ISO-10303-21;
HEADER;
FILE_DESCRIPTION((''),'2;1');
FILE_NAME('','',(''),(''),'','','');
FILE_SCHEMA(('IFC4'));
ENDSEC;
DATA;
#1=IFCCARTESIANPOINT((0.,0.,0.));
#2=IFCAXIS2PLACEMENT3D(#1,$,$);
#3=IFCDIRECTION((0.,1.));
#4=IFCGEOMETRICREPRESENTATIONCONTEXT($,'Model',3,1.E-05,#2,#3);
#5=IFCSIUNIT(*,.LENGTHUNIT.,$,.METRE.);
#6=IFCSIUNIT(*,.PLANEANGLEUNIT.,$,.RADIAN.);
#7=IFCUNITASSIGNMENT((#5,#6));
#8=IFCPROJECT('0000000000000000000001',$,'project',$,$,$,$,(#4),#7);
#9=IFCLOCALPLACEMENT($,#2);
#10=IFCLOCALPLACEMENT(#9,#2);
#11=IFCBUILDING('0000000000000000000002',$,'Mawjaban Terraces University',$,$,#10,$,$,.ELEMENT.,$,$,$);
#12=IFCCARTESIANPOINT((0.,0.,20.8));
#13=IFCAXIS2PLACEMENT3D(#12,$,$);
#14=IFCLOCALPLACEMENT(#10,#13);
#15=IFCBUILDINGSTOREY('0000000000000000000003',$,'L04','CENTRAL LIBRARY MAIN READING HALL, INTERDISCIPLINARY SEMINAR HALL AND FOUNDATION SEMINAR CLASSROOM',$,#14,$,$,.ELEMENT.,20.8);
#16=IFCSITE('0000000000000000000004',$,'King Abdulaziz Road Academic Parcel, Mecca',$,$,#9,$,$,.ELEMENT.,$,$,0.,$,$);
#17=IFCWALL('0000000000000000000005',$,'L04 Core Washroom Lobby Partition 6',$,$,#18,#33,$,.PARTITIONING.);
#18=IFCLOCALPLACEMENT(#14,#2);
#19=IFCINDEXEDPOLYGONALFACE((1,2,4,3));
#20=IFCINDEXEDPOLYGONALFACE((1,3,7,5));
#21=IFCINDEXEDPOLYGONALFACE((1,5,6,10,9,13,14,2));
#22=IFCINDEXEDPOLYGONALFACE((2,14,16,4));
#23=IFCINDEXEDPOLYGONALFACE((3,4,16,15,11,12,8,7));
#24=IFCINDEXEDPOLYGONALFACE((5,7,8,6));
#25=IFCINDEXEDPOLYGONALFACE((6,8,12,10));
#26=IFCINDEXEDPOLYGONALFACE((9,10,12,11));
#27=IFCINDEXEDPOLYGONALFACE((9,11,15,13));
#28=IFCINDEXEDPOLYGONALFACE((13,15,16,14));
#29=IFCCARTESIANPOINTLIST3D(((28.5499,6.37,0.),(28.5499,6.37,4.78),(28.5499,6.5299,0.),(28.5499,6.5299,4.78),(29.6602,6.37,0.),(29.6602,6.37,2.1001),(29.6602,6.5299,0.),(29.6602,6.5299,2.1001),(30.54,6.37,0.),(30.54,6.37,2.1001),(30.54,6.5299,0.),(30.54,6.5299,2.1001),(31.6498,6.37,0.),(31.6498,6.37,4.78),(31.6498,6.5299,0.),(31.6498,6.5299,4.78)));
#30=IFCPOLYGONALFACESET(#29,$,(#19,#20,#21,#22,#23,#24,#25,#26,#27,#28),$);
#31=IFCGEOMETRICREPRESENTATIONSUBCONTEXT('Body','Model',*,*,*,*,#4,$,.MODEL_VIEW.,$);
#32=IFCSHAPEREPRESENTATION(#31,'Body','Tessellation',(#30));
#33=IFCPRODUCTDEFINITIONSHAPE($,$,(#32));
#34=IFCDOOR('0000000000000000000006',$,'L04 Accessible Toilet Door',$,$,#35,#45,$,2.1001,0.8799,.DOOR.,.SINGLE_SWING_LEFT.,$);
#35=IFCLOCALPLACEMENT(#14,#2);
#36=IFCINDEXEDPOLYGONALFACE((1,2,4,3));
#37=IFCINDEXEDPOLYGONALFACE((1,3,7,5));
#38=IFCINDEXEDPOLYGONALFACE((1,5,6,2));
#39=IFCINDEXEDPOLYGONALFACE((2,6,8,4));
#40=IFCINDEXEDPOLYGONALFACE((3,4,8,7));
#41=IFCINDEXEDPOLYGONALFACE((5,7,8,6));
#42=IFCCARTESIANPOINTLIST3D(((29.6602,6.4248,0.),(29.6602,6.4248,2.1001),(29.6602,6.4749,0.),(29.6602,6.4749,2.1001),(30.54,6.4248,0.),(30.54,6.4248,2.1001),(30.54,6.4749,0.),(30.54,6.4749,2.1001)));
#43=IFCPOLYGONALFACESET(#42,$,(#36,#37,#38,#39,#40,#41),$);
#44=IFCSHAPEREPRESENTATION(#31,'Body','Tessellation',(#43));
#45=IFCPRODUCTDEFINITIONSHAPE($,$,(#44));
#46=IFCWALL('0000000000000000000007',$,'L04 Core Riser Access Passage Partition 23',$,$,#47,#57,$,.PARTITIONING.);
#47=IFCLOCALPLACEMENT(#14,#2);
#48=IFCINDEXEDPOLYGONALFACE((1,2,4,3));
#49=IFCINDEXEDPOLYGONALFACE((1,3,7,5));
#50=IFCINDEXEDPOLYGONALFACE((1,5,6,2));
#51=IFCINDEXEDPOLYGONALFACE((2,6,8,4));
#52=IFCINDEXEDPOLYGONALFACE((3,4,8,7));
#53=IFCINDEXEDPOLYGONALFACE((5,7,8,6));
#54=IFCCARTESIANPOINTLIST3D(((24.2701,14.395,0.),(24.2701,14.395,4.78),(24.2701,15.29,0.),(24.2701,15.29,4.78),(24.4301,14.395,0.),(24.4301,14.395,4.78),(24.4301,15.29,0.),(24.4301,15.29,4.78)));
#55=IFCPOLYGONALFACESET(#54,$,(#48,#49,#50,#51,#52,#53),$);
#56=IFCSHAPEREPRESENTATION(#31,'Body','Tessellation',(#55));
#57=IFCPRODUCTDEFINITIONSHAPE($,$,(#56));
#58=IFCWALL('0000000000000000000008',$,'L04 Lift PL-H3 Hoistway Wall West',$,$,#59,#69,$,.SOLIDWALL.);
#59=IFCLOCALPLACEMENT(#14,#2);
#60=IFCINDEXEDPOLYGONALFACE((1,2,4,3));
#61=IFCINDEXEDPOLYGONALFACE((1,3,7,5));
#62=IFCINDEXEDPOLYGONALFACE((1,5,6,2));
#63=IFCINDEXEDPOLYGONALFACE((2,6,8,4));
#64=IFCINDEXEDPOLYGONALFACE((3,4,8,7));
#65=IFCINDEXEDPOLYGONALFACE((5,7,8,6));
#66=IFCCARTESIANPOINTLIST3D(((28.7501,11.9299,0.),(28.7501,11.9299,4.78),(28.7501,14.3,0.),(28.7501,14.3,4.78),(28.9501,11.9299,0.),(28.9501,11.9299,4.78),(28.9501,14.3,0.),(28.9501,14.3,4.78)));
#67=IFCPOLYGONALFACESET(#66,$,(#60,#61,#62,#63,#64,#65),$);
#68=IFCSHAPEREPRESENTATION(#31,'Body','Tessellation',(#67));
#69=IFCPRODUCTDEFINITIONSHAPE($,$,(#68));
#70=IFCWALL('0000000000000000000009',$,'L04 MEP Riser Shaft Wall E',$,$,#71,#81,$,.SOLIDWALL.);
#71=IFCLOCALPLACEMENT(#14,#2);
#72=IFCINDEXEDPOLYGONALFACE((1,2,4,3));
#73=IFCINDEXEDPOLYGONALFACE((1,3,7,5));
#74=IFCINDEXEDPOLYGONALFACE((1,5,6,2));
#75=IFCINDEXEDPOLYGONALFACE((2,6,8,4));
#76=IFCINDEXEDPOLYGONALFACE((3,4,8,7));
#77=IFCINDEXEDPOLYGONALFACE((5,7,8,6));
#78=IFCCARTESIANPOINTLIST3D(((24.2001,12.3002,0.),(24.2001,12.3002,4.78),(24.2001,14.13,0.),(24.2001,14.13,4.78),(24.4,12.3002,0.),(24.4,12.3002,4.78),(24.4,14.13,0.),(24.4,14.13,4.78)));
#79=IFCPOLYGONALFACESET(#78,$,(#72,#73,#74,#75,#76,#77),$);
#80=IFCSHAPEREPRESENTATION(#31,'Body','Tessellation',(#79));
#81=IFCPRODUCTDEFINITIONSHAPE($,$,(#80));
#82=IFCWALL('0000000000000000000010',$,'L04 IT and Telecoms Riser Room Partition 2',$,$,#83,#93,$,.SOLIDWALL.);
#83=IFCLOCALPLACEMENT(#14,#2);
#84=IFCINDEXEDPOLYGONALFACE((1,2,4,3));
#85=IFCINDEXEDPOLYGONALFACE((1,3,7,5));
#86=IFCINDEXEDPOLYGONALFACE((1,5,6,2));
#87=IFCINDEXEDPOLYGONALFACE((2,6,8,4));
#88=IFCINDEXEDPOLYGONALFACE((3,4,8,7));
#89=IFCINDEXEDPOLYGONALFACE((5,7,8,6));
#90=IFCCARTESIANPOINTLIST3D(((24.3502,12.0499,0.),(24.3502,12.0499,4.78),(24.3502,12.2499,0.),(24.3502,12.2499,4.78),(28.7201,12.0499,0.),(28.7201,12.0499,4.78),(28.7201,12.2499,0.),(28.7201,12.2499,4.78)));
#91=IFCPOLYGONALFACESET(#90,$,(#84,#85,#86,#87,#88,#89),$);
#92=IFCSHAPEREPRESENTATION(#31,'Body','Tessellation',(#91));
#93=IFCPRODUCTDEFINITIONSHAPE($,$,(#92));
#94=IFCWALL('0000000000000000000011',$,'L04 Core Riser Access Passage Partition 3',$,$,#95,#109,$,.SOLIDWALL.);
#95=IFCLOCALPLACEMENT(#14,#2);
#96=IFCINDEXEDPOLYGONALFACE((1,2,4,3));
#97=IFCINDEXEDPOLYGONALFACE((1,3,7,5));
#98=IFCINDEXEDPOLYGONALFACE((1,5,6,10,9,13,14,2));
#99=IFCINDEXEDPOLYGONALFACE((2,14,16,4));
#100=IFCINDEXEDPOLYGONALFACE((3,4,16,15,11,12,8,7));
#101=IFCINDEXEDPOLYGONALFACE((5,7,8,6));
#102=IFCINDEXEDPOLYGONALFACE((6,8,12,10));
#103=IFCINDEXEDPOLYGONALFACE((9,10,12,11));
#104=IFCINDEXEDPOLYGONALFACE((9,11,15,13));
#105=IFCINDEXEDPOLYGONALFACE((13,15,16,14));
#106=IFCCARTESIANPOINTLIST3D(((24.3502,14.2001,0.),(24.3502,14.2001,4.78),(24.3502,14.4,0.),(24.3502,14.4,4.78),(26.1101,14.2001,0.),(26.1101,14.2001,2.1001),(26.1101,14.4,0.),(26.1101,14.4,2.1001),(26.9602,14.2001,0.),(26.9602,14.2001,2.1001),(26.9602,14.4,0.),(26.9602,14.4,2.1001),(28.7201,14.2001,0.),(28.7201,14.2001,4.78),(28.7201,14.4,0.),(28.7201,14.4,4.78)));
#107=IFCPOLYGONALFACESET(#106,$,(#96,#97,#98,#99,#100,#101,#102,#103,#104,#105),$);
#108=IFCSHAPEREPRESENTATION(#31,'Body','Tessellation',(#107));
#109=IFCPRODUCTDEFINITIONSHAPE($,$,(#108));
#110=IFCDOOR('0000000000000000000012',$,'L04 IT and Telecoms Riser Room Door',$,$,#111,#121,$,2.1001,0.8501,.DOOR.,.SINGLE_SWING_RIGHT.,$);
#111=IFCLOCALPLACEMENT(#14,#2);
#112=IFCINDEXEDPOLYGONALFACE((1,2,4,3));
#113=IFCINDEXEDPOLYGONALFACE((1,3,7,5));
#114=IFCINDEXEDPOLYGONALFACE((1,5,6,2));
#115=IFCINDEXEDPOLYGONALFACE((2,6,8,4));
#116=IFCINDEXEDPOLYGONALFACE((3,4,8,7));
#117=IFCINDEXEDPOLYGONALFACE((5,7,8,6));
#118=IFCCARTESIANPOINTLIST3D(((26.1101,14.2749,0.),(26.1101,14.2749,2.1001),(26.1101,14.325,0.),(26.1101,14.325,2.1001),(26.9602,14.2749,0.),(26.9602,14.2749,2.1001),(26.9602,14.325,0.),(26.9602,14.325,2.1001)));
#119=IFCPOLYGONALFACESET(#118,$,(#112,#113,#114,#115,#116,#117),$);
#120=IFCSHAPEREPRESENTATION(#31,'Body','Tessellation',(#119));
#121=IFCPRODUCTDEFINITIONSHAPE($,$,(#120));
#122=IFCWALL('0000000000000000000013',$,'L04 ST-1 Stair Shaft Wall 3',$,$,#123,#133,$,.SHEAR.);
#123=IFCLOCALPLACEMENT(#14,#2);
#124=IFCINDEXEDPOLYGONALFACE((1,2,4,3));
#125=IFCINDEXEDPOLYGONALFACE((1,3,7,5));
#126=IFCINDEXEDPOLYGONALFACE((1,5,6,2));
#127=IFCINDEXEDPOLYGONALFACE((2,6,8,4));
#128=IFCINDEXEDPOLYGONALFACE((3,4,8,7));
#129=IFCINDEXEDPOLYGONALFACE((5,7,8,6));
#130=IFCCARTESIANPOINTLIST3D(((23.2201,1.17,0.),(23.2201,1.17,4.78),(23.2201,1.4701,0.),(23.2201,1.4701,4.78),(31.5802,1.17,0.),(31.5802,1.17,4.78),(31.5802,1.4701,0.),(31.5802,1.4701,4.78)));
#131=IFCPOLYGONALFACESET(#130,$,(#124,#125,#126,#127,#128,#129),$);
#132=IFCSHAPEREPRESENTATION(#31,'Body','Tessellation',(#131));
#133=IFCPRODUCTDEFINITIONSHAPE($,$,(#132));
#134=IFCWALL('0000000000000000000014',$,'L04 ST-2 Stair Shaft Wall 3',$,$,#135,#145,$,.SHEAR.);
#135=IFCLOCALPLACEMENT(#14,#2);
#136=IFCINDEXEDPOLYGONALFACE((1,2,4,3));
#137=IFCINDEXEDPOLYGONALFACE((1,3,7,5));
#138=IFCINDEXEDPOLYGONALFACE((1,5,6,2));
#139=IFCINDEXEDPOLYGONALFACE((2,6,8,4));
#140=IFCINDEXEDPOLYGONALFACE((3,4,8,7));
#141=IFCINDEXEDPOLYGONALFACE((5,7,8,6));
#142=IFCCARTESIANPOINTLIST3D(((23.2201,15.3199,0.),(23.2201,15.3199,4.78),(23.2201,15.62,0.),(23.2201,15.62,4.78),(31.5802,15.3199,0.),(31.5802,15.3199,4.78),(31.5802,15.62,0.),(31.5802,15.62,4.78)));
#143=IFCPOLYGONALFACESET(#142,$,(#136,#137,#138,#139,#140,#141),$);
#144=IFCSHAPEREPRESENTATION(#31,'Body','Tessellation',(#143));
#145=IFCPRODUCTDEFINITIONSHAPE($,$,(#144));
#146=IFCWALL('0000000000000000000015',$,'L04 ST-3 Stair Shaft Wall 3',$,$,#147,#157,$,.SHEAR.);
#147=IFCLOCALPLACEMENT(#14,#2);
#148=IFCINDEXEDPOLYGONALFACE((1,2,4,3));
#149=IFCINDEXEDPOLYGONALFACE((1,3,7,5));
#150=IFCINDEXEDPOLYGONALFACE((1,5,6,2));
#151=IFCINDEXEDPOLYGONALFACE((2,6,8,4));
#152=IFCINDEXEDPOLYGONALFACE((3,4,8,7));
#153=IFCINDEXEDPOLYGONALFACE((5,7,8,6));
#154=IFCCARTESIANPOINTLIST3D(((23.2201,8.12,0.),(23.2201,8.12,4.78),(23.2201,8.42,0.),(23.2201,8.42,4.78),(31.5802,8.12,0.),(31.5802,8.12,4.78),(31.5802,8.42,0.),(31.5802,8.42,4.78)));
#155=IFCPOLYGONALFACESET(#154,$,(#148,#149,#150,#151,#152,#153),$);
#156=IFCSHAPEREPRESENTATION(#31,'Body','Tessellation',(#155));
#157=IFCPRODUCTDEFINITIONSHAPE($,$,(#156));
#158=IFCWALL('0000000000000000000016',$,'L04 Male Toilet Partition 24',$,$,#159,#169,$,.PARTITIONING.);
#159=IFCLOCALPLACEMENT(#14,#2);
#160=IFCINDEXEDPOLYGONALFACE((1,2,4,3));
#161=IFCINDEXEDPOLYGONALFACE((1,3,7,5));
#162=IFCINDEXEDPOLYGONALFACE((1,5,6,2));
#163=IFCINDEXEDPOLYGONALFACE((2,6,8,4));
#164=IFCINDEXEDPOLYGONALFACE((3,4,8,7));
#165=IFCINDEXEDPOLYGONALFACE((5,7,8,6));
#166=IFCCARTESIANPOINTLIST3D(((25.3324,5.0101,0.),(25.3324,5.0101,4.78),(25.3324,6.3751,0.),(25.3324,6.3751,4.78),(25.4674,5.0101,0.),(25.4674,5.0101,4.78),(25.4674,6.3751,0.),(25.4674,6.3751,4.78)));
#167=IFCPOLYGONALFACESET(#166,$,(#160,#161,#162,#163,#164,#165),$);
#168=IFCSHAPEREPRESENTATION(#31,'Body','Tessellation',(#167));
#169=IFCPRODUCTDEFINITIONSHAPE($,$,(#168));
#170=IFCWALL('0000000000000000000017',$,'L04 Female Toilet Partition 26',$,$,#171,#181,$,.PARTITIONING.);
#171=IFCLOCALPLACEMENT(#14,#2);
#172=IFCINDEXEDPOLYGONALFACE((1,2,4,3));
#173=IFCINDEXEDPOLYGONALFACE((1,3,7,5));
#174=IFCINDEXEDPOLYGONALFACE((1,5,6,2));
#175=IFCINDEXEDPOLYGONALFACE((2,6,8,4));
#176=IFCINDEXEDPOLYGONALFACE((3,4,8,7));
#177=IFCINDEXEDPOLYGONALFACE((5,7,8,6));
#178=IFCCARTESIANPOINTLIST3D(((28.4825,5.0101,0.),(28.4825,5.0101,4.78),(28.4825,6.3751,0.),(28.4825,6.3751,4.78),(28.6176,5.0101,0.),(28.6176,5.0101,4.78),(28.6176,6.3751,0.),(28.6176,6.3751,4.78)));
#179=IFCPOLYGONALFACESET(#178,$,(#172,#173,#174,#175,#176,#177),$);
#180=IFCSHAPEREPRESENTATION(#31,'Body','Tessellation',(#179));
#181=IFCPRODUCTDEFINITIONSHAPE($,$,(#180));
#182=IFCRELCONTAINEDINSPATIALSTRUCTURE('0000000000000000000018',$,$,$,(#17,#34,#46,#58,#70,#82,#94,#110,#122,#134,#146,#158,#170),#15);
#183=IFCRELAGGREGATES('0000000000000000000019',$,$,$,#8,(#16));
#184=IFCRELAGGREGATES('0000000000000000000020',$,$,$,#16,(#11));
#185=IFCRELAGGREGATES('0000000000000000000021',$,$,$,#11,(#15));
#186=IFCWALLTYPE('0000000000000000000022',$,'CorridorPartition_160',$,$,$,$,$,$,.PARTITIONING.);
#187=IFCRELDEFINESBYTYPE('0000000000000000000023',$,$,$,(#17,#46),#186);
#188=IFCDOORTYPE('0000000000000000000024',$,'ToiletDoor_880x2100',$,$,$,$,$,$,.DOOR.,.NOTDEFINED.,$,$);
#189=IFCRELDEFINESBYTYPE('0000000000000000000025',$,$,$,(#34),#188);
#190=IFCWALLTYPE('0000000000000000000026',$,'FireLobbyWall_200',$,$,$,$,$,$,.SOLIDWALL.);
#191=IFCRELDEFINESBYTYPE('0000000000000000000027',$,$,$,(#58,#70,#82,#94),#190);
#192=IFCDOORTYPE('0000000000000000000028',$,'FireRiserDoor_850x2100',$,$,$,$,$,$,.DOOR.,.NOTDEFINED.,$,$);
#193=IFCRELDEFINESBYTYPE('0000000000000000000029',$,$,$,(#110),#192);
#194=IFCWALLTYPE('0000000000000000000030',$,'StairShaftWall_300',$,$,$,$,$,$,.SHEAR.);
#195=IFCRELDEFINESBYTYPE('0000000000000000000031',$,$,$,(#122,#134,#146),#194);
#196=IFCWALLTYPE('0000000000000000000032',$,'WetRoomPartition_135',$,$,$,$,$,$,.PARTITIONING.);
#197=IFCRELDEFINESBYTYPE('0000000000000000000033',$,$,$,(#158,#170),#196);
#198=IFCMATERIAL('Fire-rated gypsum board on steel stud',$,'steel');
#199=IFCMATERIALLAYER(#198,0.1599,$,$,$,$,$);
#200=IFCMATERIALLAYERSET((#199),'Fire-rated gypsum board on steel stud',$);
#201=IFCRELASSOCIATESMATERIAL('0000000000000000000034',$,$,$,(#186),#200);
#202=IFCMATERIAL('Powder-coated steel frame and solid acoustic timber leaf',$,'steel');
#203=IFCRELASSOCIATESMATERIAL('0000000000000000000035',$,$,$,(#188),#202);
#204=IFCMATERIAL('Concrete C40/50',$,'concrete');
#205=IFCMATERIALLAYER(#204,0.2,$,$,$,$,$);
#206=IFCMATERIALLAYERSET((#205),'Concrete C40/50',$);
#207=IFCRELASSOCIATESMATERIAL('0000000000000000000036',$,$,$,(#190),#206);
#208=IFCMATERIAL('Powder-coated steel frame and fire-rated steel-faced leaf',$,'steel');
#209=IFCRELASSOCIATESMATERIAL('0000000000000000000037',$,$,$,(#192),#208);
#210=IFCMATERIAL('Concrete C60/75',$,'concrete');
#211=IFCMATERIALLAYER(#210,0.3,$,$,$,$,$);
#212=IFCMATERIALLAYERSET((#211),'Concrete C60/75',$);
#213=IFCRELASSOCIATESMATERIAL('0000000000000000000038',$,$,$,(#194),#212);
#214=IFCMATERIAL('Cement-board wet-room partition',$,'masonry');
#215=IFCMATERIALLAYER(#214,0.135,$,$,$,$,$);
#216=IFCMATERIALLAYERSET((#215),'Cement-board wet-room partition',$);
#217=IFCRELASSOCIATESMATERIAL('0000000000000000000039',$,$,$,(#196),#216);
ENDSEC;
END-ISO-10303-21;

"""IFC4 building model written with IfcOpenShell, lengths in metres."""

from ifc_helpers import new_model, si_unit, direction, frame, frame_2d, origin, place, context, subcontext, project, spatial, rectangle, extrude, material, layer, layer_set, type_object, element, fill, save


model = new_model("IFC4")

# Units and contexts
model_context = context("Model", 3, precision=1e-05, world=origin(), true_north=direction((0.0, 1.0)))
body_context = subcontext(model_context, "Body", "Model", "MODEL_VIEW")
ifc_project = project(units=[si_unit("LENGTHUNIT", "METRE"), si_unit("PLANEANGLEUNIT", "RADIAN")], contexts=[model_context])

# Site, building, storey
site_placement = place(None, origin())
site = spatial("IfcSite", under=ifc_project, at=site_placement, Name="King Abdulaziz Road Academic Parcel, Mecca", CompositionType="ELEMENT", RefElevation=0.0)
building_placement = place(site_placement, origin())
building = spatial("IfcBuilding", under=site, at=building_placement, Name="Mawjaban Terraces University", CompositionType="ELEMENT")
storey_placement = place(building_placement, frame((0.0, 0.0, 20.8)))
storey = spatial("IfcBuildingStorey", under=building, at=storey_placement, Name="L04", Description="CENTRAL LIBRARY MAIN READING HALL, INTERDISCIPLINARY SEMINAR HALL AND FOUNDATION SEMINAR CLASSROOM", CompositionType="ELEMENT", Elevation=20.8)

# Wall, opening, door
ifc_material_1 = material(Name="Fire-rated gypsum board on steel stud", Category="steel")
ifc_layer_1 = layer(ifc_material_1, 0.1599)
ifc_layer_set_1 = layer_set([ifc_layer_1], Name="Fire-rated gypsum board on steel stud")
wall_type_1 = type_object("IfcWallType", Name="CorridorPartition_160", PredefinedType="PARTITIONING", material=ifc_layer_set_1)
ifc_material_2 = material(Name="Powder-coated steel frame and solid acoustic timber leaf", Category="steel")
door_type_1 = type_object("IfcDoorType", Name="ToiletDoor_880x2100", OperationType="NOTDEFINED", PredefinedType="DOOR", material=ifc_material_2)
wall_1_placement = place(storey_placement, frame((28.55, 6.45, 0.0), z_axis=(0.0, 0.0, 1.0), x_axis=(1.0, 0.0, 0.0)))
wall_1 = element("IfcWall", 1, at=wall_1_placement, inside=storey, type_object=wall_type_1, Name="L04 Core Washroom Lobby Partition 6", PredefinedType="PARTITIONING", context=body_context, shape_type="SweptSolid", body=[
    extrude(rectangle(XDim=3.0999, YDim=0.1599, at=frame_2d((1.5498, 0.0))), origin(), (0.0, 0.0, 1.0), 4.78),
])
opening_1_placement = place(wall_1_placement, frame((1.1101, 0.0, 0.0)))
opening_1 = element("IfcOpeningElement", 2, at=opening_1_placement, cuts=wall_1, PredefinedType="OPENING", context=body_context, shape_type="SweptSolid", body=[
    extrude(rectangle(XDim=0.8799, YDim=2.1001, at=frame_2d((0.4399, 1.05))), frame((0.0, 0.0898, 0.0), z_axis=(0.0, -1.0, 0.0), x_axis=(1.0, 0.0, 0.0)), (0.0, 0.0, 1.0), 0.1799),
])
door_1_placement = place(opening_1_placement, origin())
door_1 = element("IfcDoor", 3, at=door_1_placement, inside=storey, type_object=door_type_1, Name="L04 Accessible Toilet Door", OperationType="SINGLE_SWING_LEFT", OverallHeight=2.1001, OverallWidth=0.8799, PredefinedType="DOOR", context=body_context, shape_type="SweptSolid", body=[
    extrude(rectangle(XDim=0.8799, YDim=2.1001, at=frame_2d((0.4399, 1.05))), frame((0.0, 0.0249, 0.0), z_axis=(0.0, -1.0, 0.0), x_axis=(1.0, 0.0, 0.0)), (0.0, 0.0, 1.0), 0.05),
])
fill(opening_1, door_1)

# Walls
wall_2_placement = place(storey_placement, frame((24.3501, 15.29, 0.0), z_axis=(0.0, 0.0, 1.0), x_axis=(0.0, -1.0, 0.0)))
element("IfcWall", 4, at=wall_2_placement, inside=storey, type_object=wall_type_1, Name="L04 Core Riser Access Passage Partition 23", PredefinedType="PARTITIONING", context=body_context, shape_type="SweptSolid", body=[
    extrude(rectangle(XDim=0.895, YDim=0.1599, at=frame_2d((0.4475, 0.0))), origin(), (0.0, 0.0, 1.0), 4.78),
])
ifc_material_3 = material(Name="Concrete C40/50", Category="concrete")
ifc_layer_2 = layer(ifc_material_3, 0.2)
ifc_layer_set_2 = layer_set([ifc_layer_2], Name="Concrete C40/50")
wall_type_2 = type_object("IfcWallType", Name="FireLobbyWall_200", PredefinedType="SOLIDWALL", material=ifc_layer_set_2)
wall_3_placement = place(storey_placement, frame((28.8501, 14.3, 0.0), z_axis=(0.0, 0.0, 1.0), x_axis=(0.0, -1.0, 0.0)))
element("IfcWall", 5, at=wall_3_placement, inside=storey, type_object=wall_type_2, Name="L04 Lift PL-H3 Hoistway Wall West", PredefinedType="SOLIDWALL", context=body_context, shape_type="SweptSolid", body=[
    extrude(rectangle(XDim=2.3701, YDim=0.2, at=frame_2d((1.1851, 0.0))), origin(), (0.0, 0.0, 1.0), 4.78),
])
wall_4_placement = place(storey_placement, frame((24.3, 12.3, 0.0), z_axis=(0.0, 0.0, 1.0), x_axis=(0.0, 1.0, 0.0)))
element("IfcWall", 6, at=wall_4_placement, inside=storey, type_object=wall_type_2, Name="L04 MEP Riser Shaft Wall E", PredefinedType="SOLIDWALL", context=body_context, shape_type="SweptSolid", body=[
    extrude(rectangle(XDim=1.8298, YDim=0.2, at=frame_2d((0.915, 0.0))), origin(), (0.0, 0.0, 1.0), 4.78),
])
wall_5_placement = place(storey_placement, frame((24.3501, 12.1499, 0.0), z_axis=(0.0, 0.0, 1.0), x_axis=(1.0, 0.0, 0.0)))
element("IfcWall", 7, at=wall_5_placement, inside=storey, type_object=wall_type_2, Name="L04 IT and Telecoms Riser Room Partition 2", PredefinedType="SOLIDWALL", context=body_context, shape_type="SweptSolid", body=[
    extrude(rectangle(XDim=4.3699, YDim=0.2, at=frame_2d((2.1851, 0.0))), origin(), (0.0, 0.0, 1.0), 4.78),
])

# Wall, opening, door
wall_6_placement = place(storey_placement, frame((24.3501, 14.3, 0.0), z_axis=(0.0, 0.0, 1.0), x_axis=(1.0, 0.0, 0.0)))
wall_6 = element("IfcWall", 8, at=wall_6_placement, inside=storey, type_object=wall_type_2, Name="L04 Core Riser Access Passage Partition 3", PredefinedType="SOLIDWALL", context=body_context, shape_type="SweptSolid", body=[
    extrude(rectangle(XDim=4.3699, YDim=0.2, at=frame_2d((2.1851, 0.0))), origin(), (0.0, 0.0, 1.0), 4.78),
])
opening_2_placement = place(wall_6_placement, frame((1.76, 0.0, 0.0)))
opening_2 = element("IfcOpeningElement", 9, at=opening_2_placement, cuts=wall_6, PredefinedType="OPENING", context=body_context, shape_type="SweptSolid", body=[
    extrude(rectangle(XDim=0.8501, YDim=2.1001, at=frame_2d((0.425, 1.05))), frame((0.0, 0.1099, 0.0), z_axis=(0.0, -1.0, 0.0), x_axis=(1.0, 0.0, 0.0)), (0.0, 0.0, 1.0), 0.22),
])
ifc_material_4 = material(Name="Powder-coated steel frame and fire-rated steel-faced leaf", Category="steel")
door_type_2 = type_object("IfcDoorType", Name="FireRiserDoor_850x2100", OperationType="NOTDEFINED", PredefinedType="DOOR", material=ifc_material_4)
door_2_placement = place(opening_2_placement, origin())
door_2 = element("IfcDoor", 10, at=door_2_placement, inside=storey, type_object=door_type_2, Name="L04 IT and Telecoms Riser Room Door", OperationType="SINGLE_SWING_RIGHT", OverallHeight=2.1001, OverallWidth=0.8501, PredefinedType="DOOR", context=body_context, shape_type="SweptSolid", body=[
    extrude(rectangle(XDim=0.8501, YDim=2.1001, at=frame_2d((0.425, 1.05))), frame((0.0, 0.0249, 0.0), z_axis=(0.0, -1.0, 0.0), x_axis=(1.0, 0.0, 0.0)), (0.0, 0.0, 1.0), 0.05),
])
fill(opening_2, door_2)

# Walls
ifc_material_5 = material(Name="Concrete C60/75", Category="concrete")
ifc_layer_3 = layer(ifc_material_5, 0.3)
ifc_layer_set_3 = layer_set([ifc_layer_3], Name="Concrete C60/75")
wall_type_3 = type_object("IfcWallType", Name="StairShaftWall_300", PredefinedType="SHEAR", material=ifc_layer_set_3)
for number, where, z_axis, x_axis, name in (
    (11, (23.22, 1.3201, 0.0), (0.0, 0.0, 1.0), (1.0, 0.0, 0.0), "L04 ST-1 Stair Shaft Wall 3"),
    (12, (23.22, 15.47, 0.0), (0.0, 0.0, 1.0), (1.0, 0.0, 0.0), "L04 ST-2 Stair Shaft Wall 3"),
    (13, (23.22, 8.27, 0.0), (0.0, 0.0, 1.0), (1.0, 0.0, 0.0), "L04 ST-3 Stair Shaft Wall 3"),
):
    element("IfcWall", number, at=place(storey_placement, frame(where, z_axis=z_axis, x_axis=x_axis)), inside=storey, type_object=wall_type_3, Name=name, PredefinedType="SHEAR", context=body_context, shape_type="SweptSolid", body=[
        extrude(rectangle(XDim=8.3601, YDim=0.3, at=frame_2d((4.1802, 0.0))), origin(), (0.0, 0.0, 1.0), 4.78),
    ])
ifc_material_6 = material(Name="Cement-board wet-room partition", Category="masonry")
ifc_layer_4 = layer(ifc_material_6, 0.135)
ifc_layer_set_4 = layer_set([ifc_layer_4], Name="Cement-board wet-room partition")
wall_type_4 = type_object("IfcWallType", Name="WetRoomPartition_135", PredefinedType="PARTITIONING", material=ifc_layer_set_4)
for number, where, z_axis, x_axis, name in (
    (14, (25.3999, 5.01, 0.0), (0.0, 0.0, 1.0), (0.0, 1.0, 0.0), "L04 Male Toilet Partition 24"),
    (15, (28.55, 5.01, 0.0), (0.0, 0.0, 1.0), (0.0, 1.0, 0.0), "L04 Female Toilet Partition 26"),
):
    element("IfcWall", number, at=place(storey_placement, frame(where, z_axis=z_axis, x_axis=x_axis)), inside=storey, type_object=wall_type_4, Name=name, PredefinedType="PARTITIONING", context=body_context, shape_type="SweptSolid", body=[
        extrude(rectangle(XDim=1.365, YDim=0.135, at=frame_2d((0.6826, 0.0))), origin(), (0.0, 0.0, 1.0), 4.78),
    ])

save(model, "model.ifc")
